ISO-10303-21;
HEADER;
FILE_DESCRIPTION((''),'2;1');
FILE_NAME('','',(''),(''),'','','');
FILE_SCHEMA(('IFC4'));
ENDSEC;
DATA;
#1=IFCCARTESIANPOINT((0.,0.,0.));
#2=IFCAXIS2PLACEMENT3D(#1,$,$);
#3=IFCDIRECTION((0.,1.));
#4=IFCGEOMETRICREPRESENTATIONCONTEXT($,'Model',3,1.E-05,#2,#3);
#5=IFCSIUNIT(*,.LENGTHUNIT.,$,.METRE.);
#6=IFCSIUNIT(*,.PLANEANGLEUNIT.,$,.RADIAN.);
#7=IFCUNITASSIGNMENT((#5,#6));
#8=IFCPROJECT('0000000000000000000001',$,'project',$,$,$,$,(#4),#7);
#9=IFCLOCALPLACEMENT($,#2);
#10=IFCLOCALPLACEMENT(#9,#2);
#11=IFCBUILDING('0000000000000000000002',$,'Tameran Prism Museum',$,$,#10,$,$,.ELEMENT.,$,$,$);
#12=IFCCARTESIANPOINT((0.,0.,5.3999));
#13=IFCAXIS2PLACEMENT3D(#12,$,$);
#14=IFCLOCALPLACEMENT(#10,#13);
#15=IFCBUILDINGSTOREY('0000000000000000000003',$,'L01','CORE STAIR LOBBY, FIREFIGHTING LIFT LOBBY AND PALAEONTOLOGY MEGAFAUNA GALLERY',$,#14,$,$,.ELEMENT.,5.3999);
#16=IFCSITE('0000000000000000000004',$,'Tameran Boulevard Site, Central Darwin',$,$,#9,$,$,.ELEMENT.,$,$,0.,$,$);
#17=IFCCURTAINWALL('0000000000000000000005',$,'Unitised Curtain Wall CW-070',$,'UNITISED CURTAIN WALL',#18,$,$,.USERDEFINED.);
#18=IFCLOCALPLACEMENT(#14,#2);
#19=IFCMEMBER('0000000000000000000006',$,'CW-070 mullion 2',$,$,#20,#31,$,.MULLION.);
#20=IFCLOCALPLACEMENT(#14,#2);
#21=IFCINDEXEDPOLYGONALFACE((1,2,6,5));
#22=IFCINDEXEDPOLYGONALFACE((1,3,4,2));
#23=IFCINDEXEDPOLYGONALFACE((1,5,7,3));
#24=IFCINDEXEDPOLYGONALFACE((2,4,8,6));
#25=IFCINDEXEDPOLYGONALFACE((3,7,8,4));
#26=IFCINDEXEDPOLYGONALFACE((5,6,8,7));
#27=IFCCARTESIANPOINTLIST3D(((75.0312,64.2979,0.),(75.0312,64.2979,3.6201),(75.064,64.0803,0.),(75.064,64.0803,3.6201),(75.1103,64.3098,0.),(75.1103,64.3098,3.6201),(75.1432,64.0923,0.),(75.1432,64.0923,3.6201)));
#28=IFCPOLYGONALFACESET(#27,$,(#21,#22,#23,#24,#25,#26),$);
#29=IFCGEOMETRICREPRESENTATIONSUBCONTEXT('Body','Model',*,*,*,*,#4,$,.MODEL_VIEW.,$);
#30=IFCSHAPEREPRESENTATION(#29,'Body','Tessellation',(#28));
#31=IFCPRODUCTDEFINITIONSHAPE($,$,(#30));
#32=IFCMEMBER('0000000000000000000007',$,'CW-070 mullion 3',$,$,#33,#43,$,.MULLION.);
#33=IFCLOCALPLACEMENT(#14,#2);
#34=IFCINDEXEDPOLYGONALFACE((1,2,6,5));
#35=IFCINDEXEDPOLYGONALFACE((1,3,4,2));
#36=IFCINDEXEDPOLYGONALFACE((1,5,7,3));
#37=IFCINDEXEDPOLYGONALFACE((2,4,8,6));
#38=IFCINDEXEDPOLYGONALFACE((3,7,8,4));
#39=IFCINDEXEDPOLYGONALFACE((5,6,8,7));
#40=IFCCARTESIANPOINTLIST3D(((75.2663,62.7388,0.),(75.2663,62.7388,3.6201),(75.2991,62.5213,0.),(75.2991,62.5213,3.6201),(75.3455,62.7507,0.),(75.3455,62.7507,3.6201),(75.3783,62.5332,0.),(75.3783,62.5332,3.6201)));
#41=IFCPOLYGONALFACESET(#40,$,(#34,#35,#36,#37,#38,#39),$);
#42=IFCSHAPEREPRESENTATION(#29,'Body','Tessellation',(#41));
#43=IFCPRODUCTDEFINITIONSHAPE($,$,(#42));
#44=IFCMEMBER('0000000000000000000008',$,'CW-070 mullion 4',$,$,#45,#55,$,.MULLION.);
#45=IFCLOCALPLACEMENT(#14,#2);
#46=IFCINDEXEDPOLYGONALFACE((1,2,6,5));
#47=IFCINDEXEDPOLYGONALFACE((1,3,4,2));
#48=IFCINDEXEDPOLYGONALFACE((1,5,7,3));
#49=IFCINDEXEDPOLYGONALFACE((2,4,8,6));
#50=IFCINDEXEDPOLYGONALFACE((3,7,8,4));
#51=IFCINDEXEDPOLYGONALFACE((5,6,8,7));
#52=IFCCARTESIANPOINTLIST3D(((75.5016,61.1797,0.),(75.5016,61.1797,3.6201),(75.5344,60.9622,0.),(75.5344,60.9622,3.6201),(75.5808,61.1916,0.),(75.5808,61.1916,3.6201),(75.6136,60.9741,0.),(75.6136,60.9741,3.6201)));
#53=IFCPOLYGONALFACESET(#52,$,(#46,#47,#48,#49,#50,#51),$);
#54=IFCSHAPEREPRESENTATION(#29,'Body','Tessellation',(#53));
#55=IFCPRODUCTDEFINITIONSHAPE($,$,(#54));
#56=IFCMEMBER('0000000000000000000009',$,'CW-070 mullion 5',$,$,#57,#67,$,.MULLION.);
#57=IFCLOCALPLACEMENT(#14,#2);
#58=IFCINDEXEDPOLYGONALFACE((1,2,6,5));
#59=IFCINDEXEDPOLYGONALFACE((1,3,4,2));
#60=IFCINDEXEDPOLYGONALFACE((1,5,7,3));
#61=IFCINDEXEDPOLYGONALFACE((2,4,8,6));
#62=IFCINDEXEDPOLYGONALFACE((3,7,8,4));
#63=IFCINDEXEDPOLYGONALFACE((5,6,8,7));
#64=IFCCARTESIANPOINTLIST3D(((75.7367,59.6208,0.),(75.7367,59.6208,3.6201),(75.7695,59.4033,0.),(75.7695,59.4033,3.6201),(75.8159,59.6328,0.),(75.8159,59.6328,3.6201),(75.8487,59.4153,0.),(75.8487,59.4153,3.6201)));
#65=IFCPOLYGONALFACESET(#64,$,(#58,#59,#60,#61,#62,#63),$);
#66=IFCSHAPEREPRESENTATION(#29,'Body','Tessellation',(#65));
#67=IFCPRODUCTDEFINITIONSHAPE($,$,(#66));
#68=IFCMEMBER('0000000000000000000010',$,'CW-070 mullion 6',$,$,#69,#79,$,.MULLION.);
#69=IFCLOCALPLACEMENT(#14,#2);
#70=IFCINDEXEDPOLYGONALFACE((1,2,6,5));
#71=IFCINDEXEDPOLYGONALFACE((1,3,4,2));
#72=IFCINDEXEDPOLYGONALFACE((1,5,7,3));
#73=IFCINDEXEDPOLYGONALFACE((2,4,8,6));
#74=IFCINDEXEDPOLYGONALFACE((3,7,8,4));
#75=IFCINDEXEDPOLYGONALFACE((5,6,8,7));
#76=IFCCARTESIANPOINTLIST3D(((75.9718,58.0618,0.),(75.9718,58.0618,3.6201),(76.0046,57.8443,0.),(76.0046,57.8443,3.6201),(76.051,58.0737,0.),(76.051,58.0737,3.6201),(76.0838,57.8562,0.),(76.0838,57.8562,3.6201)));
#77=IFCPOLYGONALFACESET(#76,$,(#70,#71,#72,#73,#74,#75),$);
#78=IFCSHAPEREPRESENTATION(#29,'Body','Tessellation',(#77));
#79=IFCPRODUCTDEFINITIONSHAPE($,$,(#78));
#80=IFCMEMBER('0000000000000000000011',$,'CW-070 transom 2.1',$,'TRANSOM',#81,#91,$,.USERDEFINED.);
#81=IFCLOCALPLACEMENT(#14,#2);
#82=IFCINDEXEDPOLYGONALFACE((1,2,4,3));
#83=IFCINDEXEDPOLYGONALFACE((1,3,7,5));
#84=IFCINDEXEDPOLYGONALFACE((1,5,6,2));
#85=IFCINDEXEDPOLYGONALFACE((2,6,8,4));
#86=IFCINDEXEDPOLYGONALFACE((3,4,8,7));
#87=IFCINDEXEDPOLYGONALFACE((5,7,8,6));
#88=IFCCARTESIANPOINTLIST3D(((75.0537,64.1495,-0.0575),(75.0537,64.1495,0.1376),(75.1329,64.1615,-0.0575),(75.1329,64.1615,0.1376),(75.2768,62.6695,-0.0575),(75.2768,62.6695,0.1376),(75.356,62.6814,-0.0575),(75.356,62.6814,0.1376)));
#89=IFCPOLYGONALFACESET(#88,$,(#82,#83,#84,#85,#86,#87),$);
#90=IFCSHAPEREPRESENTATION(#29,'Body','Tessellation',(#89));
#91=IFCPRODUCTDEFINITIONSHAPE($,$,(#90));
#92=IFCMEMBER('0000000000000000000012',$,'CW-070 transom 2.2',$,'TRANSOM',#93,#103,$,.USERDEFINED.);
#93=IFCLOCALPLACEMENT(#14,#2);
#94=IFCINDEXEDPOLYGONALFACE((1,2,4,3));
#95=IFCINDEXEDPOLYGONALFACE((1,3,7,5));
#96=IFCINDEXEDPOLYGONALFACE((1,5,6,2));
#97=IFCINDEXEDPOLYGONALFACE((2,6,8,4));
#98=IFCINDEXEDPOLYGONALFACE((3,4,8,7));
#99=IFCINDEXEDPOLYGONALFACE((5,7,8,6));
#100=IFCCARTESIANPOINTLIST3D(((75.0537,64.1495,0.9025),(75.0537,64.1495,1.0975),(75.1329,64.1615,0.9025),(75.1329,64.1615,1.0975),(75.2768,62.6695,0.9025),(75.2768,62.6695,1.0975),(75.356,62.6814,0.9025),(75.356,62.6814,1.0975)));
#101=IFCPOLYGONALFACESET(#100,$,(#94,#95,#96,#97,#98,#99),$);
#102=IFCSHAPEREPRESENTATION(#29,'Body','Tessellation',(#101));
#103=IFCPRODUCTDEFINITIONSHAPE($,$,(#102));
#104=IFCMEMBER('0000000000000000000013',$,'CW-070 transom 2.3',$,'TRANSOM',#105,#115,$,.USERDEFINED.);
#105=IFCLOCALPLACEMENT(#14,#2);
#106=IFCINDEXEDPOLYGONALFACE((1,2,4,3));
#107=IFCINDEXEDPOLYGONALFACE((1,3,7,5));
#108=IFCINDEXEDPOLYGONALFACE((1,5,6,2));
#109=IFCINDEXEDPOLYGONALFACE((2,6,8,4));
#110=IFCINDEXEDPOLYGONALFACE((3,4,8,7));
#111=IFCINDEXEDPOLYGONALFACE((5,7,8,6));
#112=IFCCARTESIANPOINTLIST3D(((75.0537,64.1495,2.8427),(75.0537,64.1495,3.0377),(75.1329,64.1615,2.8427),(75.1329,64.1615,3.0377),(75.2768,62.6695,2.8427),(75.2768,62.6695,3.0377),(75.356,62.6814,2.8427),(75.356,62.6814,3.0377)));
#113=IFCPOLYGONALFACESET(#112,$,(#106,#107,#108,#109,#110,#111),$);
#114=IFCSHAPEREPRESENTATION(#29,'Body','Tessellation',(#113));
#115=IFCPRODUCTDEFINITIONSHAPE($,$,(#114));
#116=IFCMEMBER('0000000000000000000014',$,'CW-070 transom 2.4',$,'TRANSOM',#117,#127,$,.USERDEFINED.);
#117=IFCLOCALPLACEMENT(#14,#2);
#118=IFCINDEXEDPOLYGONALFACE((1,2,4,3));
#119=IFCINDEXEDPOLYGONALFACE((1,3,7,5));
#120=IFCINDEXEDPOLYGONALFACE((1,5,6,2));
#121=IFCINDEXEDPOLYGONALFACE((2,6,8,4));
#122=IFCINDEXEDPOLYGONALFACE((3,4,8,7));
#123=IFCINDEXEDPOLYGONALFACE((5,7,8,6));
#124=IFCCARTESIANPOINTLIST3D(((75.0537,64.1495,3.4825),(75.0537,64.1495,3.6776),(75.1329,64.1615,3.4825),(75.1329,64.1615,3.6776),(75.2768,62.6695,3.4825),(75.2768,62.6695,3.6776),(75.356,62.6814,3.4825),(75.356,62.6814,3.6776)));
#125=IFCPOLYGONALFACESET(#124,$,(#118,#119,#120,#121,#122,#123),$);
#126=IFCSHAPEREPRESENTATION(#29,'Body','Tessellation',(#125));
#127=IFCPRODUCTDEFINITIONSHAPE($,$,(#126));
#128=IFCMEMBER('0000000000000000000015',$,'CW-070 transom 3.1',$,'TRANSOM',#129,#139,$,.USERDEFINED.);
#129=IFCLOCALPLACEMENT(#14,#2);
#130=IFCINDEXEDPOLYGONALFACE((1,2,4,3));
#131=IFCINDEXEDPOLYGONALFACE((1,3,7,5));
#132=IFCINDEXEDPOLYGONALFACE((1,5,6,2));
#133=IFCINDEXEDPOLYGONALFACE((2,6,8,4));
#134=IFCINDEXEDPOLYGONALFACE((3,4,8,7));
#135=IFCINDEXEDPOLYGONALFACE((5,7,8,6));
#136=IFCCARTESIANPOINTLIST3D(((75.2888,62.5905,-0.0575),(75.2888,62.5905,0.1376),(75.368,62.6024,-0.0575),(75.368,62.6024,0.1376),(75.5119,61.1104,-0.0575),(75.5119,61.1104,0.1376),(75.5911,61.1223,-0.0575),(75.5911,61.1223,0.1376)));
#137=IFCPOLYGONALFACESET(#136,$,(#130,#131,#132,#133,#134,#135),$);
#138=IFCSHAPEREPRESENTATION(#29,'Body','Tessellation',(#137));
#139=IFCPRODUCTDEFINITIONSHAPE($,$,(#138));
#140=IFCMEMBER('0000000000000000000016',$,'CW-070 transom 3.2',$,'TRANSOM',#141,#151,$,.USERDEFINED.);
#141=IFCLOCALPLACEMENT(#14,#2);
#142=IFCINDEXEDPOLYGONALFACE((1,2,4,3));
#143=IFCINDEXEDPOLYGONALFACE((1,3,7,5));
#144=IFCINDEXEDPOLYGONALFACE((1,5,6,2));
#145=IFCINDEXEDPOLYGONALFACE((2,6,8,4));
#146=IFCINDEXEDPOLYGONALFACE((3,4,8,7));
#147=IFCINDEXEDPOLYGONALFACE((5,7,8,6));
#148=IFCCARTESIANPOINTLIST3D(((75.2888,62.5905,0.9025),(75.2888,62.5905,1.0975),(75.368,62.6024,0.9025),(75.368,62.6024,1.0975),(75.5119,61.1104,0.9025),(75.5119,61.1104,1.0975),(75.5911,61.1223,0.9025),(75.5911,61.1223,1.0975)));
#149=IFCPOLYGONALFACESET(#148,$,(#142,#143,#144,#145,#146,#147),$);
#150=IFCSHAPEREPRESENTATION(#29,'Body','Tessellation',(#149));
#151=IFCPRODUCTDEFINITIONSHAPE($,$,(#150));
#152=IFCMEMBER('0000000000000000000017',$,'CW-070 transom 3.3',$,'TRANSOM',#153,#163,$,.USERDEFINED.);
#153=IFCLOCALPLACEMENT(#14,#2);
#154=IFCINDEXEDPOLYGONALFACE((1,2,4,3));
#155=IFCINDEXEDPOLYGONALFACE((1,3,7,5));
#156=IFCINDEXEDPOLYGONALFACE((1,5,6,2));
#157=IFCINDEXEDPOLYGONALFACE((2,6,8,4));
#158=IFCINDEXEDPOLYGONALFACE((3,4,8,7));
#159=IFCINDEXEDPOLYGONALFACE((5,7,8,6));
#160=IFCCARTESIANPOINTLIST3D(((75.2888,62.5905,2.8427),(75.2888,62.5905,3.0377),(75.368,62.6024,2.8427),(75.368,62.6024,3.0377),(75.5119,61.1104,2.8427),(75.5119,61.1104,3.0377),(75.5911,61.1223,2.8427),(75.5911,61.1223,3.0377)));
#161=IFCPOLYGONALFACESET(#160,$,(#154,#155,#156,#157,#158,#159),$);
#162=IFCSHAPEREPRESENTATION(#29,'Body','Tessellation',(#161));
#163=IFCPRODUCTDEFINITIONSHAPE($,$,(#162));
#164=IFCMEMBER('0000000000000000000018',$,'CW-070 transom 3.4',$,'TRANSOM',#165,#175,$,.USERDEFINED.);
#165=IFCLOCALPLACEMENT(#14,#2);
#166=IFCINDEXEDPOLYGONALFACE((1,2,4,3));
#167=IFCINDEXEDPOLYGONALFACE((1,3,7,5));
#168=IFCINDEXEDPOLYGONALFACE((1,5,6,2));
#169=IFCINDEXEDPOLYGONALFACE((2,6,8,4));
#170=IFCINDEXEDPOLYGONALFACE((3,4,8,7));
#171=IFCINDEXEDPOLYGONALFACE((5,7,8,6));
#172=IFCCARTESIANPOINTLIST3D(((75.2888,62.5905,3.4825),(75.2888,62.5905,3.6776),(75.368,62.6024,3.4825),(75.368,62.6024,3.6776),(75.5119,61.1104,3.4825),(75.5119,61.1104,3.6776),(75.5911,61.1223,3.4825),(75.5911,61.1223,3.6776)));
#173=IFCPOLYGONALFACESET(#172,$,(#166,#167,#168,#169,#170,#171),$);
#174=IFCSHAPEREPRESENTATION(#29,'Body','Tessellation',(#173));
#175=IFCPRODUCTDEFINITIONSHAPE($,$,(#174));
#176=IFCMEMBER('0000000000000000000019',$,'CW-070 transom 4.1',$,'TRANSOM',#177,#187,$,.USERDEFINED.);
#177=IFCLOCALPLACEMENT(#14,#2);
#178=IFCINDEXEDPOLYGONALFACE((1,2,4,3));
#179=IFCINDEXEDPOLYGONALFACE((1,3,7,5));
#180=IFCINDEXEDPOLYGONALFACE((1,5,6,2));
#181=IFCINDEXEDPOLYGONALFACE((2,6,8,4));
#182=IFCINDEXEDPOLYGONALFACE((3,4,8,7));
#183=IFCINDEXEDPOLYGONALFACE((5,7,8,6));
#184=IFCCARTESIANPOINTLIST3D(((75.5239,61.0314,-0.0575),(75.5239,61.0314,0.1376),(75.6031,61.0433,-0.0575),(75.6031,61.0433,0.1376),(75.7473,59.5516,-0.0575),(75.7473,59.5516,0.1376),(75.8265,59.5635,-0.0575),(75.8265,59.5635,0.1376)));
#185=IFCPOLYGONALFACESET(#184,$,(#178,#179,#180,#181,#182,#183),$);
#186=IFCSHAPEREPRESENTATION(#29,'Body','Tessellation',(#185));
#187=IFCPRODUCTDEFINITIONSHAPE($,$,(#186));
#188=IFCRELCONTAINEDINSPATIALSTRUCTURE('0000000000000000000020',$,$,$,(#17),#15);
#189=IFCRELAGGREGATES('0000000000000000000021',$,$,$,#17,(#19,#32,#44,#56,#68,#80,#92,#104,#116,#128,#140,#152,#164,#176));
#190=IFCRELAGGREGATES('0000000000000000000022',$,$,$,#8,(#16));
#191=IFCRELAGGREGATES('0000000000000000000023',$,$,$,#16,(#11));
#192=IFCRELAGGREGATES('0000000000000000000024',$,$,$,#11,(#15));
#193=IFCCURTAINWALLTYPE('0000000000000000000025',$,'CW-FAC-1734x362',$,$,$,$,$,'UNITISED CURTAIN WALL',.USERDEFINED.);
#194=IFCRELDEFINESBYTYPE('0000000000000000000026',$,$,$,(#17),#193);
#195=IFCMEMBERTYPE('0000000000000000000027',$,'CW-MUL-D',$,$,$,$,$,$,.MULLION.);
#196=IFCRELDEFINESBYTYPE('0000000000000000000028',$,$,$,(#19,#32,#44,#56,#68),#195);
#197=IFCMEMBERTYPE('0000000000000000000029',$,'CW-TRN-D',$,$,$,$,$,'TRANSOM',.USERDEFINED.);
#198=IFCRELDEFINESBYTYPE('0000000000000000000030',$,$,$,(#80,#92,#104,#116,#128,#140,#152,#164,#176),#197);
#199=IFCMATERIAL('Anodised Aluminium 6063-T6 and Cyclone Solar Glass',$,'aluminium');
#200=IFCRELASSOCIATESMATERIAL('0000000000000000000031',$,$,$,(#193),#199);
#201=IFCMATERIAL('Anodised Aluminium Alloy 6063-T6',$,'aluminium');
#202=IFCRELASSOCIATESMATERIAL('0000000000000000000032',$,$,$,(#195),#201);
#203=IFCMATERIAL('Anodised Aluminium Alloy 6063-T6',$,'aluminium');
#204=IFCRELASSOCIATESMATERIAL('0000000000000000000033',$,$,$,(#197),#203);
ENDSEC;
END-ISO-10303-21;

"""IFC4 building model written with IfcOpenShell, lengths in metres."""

from ifc_helpers import new_model, si_unit, direction, frame, origin, origin_2d, place, context, subcontext, project, spatial, rectangle, extrude, material, material_profile, profile_set, type_object, element, aggregate, save


model = new_model("IFC4")

# Units and contexts
model_context = context("Model", 3, precision=1e-05, world=origin(), true_north=direction((0.0, 1.0)))
body_context = subcontext(model_context, "Body", "Model", "MODEL_VIEW")
ifc_project = project(units=[si_unit("LENGTHUNIT", "METRE"), si_unit("PLANEANGLEUNIT", "RADIAN")], contexts=[model_context])

# Site, building, storey
site_placement = place(None, origin())
site = spatial("IfcSite", under=ifc_project, at=site_placement, Name="Tameran Boulevard Site, Central Darwin", CompositionType="ELEMENT", RefElevation=0.0)
building_placement = place(site_placement, origin())
building = spatial("IfcBuilding", under=site, at=building_placement, Name="Tameran Prism Museum", CompositionType="ELEMENT")
storey_placement = place(building_placement, frame((0.0, 0.0, 5.3999)))
storey = spatial("IfcBuildingStorey", under=building, at=storey_placement, Name="L01", Description="CORE STAIR LOBBY, FIREFIGHTING LIFT LOBBY AND PALAEONTOLOGY MEGAFAUNA GALLERY", CompositionType="ELEMENT", Elevation=5.3999)

# Curtain wall, members
ifc_material_1 = material(Name="Anodised Aluminium 6063-T6 and Cyclone Solar Glass", Category="aluminium")
curtain_wall_type = type_object("IfcCurtainWallType", Name="CW-FAC-1734x362", ElementType="UNITISED CURTAIN WALL", PredefinedType="USERDEFINED", material=ifc_material_1)
curtain_wall_placement = place(storey_placement, origin())
curtain_wall = element("IfcCurtainWall", 1, at=curtain_wall_placement, inside=storey, type_object=curtain_wall_type, Name="Unitised Curtain Wall CW-070", ObjectType="UNITISED CURTAIN WALL", PredefinedType="USERDEFINED")
ifc_material_2 = material(Name="Anodised Aluminium Alloy 6063-T6", Category="aluminium")
ifc_material_profile_1 = material_profile(ifc_material_2, rectangle(XDim=0.0801, YDim=0.22, at=origin_2d()))
ifc_profile_set_1 = profile_set([ifc_material_profile_1])
member_type_1 = type_object("IfcMemberType", Name="CW-MUL-D", PredefinedType="MULLION", material=ifc_profile_set_1)
member_1_placement = place(storey_placement, frame((75.0872, 64.1951, 0.0), z_axis=(0.0, 0.0, 1.0), x_axis=(0.988812, 0.149167, 0.0)))
member_1 = element("IfcMember", 2, at=member_1_placement, type_object=member_type_1, Name="CW-070 mullion 2", PredefinedType="MULLION", context=body_context, shape_type="SweptSolid", body=[
    extrude(rectangle(XDim=0.0801, YDim=0.22, at=origin_2d()), origin(), (0.0, 0.0, 1.0), 3.6201),
])
member_2_placement = place(storey_placement, frame((75.3223, 62.636, 0.0), z_axis=(0.0, 0.0, 1.0), x_axis=(0.988812, 0.149167, 0.0)))
member_2 = element("IfcMember", 3, at=member_2_placement, type_object=member_type_1, Name="CW-070 mullion 3", PredefinedType="MULLION", context=body_context, shape_type="SweptSolid", body=[
    extrude(rectangle(XDim=0.0801, YDim=0.22, at=origin_2d()), origin(), (0.0, 0.0, 1.0), 3.6201),
])
member_3_placement = place(storey_placement, frame((75.5576, 61.0769, 0.0), z_axis=(0.0, 0.0, 1.0), x_axis=(0.988812, 0.149167, 0.0)))
member_3 = element("IfcMember", 4, at=member_3_placement, type_object=member_type_1, Name="CW-070 mullion 4", PredefinedType="MULLION", context=body_context, shape_type="SweptSolid", body=[
    extrude(rectangle(XDim=0.0801, YDim=0.22, at=origin_2d()), origin(), (0.0, 0.0, 1.0), 3.6201),
])
member_4_placement = place(storey_placement, frame((75.7927, 59.5181, 0.0), z_axis=(0.0, 0.0, 1.0), x_axis=(0.988812, 0.149167, 0.0)))
member_4 = element("IfcMember", 5, at=member_4_placement, type_object=member_type_1, Name="CW-070 mullion 5", PredefinedType="MULLION", context=body_context, shape_type="SweptSolid", body=[
    extrude(rectangle(XDim=0.0801, YDim=0.22, at=origin_2d()), origin(), (0.0, 0.0, 1.0), 3.6201),
])
member_5_placement = place(storey_placement, frame((76.0278, 57.959, 0.0), z_axis=(0.0, 0.0, 1.0), x_axis=(0.988812, 0.149167, 0.0)))
member_5 = element("IfcMember", 6, at=member_5_placement, type_object=member_type_1, Name="CW-070 mullion 6", PredefinedType="MULLION", context=body_context, shape_type="SweptSolid", body=[
    extrude(rectangle(XDim=0.0801, YDim=0.22, at=origin_2d()), origin(), (0.0, 0.0, 1.0), 3.6201),
])
ifc_material_3 = material(Name="Anodised Aluminium Alloy 6063-T6", Category="aluminium")
ifc_material_profile_2 = material_profile(ifc_material_3, rectangle(XDim=0.0801, YDim=0.1951, at=origin_2d()))
ifc_profile_set_2 = profile_set([ifc_material_profile_2])
member_type_2 = type_object("IfcMemberType", Name="CW-TRN-D", ElementType="TRANSOM", PredefinedType="USERDEFINED", material=ifc_profile_set_2)
member_6_placement = place(storey_placement, frame((75.0933, 64.1555, 0.04), z_axis=(0.14909, -0.988824, 0.0), x_axis=(0.988824, 0.14909, 0.0)))
member_6 = element("IfcMember", 7, at=member_6_placement, type_object=member_type_2, Name="CW-070 transom 2.1", ObjectType="TRANSOM", PredefinedType="USERDEFINED", context=body_context, shape_type="SweptSolid", body=[
    extrude(rectangle(XDim=0.0801, YDim=0.1951, at=origin_2d()), origin(), (0.0, 0.0, 1.0), 1.4968),
])
member_7_placement = place(storey_placement, frame((75.0933, 64.1555, 1.0), z_axis=(0.14909, -0.988824, 0.0), x_axis=(0.988824, 0.14909, 0.0)))
member_7 = element("IfcMember", 8, at=member_7_placement, type_object=member_type_2, Name="CW-070 transom 2.2", ObjectType="TRANSOM", PredefinedType="USERDEFINED", context=body_context, shape_type="SweptSolid", body=[
    extrude(rectangle(XDim=0.0801, YDim=0.1951, at=origin_2d()), origin(), (0.0, 0.0, 1.0), 1.4968),
])
member_8_placement = place(storey_placement, frame((75.0933, 64.1555, 2.9402), z_axis=(0.14909, -0.988824, 0.0), x_axis=(0.988824, 0.14909, 0.0)))
member_8 = element("IfcMember", 9, at=member_8_placement, type_object=member_type_2, Name="CW-070 transom 2.3", ObjectType="TRANSOM", PredefinedType="USERDEFINED", context=body_context, shape_type="SweptSolid", body=[
    extrude(rectangle(XDim=0.0801, YDim=0.1951, at=origin_2d()), origin(), (0.0, 0.0, 1.0), 1.4968),
])
member_9_placement = place(storey_placement, frame((75.0933, 64.1555, 3.5801), z_axis=(0.14909, -0.988824, 0.0), x_axis=(0.988824, 0.14909, 0.0)))
member_9 = element("IfcMember", 10, at=member_9_placement, type_object=member_type_2, Name="CW-070 transom 2.4", ObjectType="TRANSOM", PredefinedType="USERDEFINED", context=body_context, shape_type="SweptSolid", body=[
    extrude(rectangle(XDim=0.0801, YDim=0.1951, at=origin_2d()), origin(), (0.0, 0.0, 1.0), 1.4968),
])
member_10_placement = place(storey_placement, frame((75.3284, 62.5964, 0.04), z_axis=(0.14909, -0.988824, 0.0), x_axis=(0.988824, 0.14909, 0.0)))
member_10 = element("IfcMember", 11, at=member_10_placement, type_object=member_type_2, Name="CW-070 transom 3.1", ObjectType="TRANSOM", PredefinedType="USERDEFINED", context=body_context, shape_type="SweptSolid", body=[
    extrude(rectangle(XDim=0.0801, YDim=0.1951, at=origin_2d()), origin(), (0.0, 0.0, 1.0), 1.4968),
])
member_11_placement = place(storey_placement, frame((75.3284, 62.5964, 1.0), z_axis=(0.14909, -0.988824, 0.0), x_axis=(0.988824, 0.14909, 0.0)))
member_11 = element("IfcMember", 12, at=member_11_placement, type_object=member_type_2, Name="CW-070 transom 3.2", ObjectType="TRANSOM", PredefinedType="USERDEFINED", context=body_context, shape_type="SweptSolid", body=[
    extrude(rectangle(XDim=0.0801, YDim=0.1951, at=origin_2d()), origin(), (0.0, 0.0, 1.0), 1.4968),
])
member_12_placement = place(storey_placement, frame((75.3284, 62.5964, 2.9402), z_axis=(0.14909, -0.988824, 0.0), x_axis=(0.988824, 0.14909, 0.0)))
member_12 = element("IfcMember", 13, at=member_12_placement, type_object=member_type_2, Name="CW-070 transom 3.3", ObjectType="TRANSOM", PredefinedType="USERDEFINED", context=body_context, shape_type="SweptSolid", body=[
    extrude(rectangle(XDim=0.0801, YDim=0.1951, at=origin_2d()), origin(), (0.0, 0.0, 1.0), 1.4968),
])
member_13_placement = place(storey_placement, frame((75.3284, 62.5964, 3.5801), z_axis=(0.14909, -0.988824, 0.0), x_axis=(0.988824, 0.14909, 0.0)))
member_13 = element("IfcMember", 14, at=member_13_placement, type_object=member_type_2, Name="CW-070 transom 3.4", ObjectType="TRANSOM", PredefinedType="USERDEFINED", context=body_context, shape_type="SweptSolid", body=[
    extrude(rectangle(XDim=0.0801, YDim=0.1951, at=origin_2d()), origin(), (0.0, 0.0, 1.0), 1.4968),
])
member_14_placement = place(storey_placement, frame((75.5635, 61.0374, 0.04), z_axis=(0.149274, -0.988796, 0.0), x_axis=(0.988796, 0.149274, 0.0)))
member_14 = element("IfcMember", 15, at=member_14_placement, type_object=member_type_2, Name="CW-070 transom 4.1", ObjectType="TRANSOM", PredefinedType="USERDEFINED", context=body_context, shape_type="SweptSolid", body=[
    extrude(rectangle(XDim=0.0801, YDim=0.1951, at=origin_2d()), origin(), (0.0, 0.0, 1.0), 1.4966),
])
aggregate(curtain_wall, [member_1, member_2, member_3, member_4, member_5, member_6, member_7, member_8, member_9, member_10, member_11, member_12, member_13, member_14])

save(model, "model.ifc")
